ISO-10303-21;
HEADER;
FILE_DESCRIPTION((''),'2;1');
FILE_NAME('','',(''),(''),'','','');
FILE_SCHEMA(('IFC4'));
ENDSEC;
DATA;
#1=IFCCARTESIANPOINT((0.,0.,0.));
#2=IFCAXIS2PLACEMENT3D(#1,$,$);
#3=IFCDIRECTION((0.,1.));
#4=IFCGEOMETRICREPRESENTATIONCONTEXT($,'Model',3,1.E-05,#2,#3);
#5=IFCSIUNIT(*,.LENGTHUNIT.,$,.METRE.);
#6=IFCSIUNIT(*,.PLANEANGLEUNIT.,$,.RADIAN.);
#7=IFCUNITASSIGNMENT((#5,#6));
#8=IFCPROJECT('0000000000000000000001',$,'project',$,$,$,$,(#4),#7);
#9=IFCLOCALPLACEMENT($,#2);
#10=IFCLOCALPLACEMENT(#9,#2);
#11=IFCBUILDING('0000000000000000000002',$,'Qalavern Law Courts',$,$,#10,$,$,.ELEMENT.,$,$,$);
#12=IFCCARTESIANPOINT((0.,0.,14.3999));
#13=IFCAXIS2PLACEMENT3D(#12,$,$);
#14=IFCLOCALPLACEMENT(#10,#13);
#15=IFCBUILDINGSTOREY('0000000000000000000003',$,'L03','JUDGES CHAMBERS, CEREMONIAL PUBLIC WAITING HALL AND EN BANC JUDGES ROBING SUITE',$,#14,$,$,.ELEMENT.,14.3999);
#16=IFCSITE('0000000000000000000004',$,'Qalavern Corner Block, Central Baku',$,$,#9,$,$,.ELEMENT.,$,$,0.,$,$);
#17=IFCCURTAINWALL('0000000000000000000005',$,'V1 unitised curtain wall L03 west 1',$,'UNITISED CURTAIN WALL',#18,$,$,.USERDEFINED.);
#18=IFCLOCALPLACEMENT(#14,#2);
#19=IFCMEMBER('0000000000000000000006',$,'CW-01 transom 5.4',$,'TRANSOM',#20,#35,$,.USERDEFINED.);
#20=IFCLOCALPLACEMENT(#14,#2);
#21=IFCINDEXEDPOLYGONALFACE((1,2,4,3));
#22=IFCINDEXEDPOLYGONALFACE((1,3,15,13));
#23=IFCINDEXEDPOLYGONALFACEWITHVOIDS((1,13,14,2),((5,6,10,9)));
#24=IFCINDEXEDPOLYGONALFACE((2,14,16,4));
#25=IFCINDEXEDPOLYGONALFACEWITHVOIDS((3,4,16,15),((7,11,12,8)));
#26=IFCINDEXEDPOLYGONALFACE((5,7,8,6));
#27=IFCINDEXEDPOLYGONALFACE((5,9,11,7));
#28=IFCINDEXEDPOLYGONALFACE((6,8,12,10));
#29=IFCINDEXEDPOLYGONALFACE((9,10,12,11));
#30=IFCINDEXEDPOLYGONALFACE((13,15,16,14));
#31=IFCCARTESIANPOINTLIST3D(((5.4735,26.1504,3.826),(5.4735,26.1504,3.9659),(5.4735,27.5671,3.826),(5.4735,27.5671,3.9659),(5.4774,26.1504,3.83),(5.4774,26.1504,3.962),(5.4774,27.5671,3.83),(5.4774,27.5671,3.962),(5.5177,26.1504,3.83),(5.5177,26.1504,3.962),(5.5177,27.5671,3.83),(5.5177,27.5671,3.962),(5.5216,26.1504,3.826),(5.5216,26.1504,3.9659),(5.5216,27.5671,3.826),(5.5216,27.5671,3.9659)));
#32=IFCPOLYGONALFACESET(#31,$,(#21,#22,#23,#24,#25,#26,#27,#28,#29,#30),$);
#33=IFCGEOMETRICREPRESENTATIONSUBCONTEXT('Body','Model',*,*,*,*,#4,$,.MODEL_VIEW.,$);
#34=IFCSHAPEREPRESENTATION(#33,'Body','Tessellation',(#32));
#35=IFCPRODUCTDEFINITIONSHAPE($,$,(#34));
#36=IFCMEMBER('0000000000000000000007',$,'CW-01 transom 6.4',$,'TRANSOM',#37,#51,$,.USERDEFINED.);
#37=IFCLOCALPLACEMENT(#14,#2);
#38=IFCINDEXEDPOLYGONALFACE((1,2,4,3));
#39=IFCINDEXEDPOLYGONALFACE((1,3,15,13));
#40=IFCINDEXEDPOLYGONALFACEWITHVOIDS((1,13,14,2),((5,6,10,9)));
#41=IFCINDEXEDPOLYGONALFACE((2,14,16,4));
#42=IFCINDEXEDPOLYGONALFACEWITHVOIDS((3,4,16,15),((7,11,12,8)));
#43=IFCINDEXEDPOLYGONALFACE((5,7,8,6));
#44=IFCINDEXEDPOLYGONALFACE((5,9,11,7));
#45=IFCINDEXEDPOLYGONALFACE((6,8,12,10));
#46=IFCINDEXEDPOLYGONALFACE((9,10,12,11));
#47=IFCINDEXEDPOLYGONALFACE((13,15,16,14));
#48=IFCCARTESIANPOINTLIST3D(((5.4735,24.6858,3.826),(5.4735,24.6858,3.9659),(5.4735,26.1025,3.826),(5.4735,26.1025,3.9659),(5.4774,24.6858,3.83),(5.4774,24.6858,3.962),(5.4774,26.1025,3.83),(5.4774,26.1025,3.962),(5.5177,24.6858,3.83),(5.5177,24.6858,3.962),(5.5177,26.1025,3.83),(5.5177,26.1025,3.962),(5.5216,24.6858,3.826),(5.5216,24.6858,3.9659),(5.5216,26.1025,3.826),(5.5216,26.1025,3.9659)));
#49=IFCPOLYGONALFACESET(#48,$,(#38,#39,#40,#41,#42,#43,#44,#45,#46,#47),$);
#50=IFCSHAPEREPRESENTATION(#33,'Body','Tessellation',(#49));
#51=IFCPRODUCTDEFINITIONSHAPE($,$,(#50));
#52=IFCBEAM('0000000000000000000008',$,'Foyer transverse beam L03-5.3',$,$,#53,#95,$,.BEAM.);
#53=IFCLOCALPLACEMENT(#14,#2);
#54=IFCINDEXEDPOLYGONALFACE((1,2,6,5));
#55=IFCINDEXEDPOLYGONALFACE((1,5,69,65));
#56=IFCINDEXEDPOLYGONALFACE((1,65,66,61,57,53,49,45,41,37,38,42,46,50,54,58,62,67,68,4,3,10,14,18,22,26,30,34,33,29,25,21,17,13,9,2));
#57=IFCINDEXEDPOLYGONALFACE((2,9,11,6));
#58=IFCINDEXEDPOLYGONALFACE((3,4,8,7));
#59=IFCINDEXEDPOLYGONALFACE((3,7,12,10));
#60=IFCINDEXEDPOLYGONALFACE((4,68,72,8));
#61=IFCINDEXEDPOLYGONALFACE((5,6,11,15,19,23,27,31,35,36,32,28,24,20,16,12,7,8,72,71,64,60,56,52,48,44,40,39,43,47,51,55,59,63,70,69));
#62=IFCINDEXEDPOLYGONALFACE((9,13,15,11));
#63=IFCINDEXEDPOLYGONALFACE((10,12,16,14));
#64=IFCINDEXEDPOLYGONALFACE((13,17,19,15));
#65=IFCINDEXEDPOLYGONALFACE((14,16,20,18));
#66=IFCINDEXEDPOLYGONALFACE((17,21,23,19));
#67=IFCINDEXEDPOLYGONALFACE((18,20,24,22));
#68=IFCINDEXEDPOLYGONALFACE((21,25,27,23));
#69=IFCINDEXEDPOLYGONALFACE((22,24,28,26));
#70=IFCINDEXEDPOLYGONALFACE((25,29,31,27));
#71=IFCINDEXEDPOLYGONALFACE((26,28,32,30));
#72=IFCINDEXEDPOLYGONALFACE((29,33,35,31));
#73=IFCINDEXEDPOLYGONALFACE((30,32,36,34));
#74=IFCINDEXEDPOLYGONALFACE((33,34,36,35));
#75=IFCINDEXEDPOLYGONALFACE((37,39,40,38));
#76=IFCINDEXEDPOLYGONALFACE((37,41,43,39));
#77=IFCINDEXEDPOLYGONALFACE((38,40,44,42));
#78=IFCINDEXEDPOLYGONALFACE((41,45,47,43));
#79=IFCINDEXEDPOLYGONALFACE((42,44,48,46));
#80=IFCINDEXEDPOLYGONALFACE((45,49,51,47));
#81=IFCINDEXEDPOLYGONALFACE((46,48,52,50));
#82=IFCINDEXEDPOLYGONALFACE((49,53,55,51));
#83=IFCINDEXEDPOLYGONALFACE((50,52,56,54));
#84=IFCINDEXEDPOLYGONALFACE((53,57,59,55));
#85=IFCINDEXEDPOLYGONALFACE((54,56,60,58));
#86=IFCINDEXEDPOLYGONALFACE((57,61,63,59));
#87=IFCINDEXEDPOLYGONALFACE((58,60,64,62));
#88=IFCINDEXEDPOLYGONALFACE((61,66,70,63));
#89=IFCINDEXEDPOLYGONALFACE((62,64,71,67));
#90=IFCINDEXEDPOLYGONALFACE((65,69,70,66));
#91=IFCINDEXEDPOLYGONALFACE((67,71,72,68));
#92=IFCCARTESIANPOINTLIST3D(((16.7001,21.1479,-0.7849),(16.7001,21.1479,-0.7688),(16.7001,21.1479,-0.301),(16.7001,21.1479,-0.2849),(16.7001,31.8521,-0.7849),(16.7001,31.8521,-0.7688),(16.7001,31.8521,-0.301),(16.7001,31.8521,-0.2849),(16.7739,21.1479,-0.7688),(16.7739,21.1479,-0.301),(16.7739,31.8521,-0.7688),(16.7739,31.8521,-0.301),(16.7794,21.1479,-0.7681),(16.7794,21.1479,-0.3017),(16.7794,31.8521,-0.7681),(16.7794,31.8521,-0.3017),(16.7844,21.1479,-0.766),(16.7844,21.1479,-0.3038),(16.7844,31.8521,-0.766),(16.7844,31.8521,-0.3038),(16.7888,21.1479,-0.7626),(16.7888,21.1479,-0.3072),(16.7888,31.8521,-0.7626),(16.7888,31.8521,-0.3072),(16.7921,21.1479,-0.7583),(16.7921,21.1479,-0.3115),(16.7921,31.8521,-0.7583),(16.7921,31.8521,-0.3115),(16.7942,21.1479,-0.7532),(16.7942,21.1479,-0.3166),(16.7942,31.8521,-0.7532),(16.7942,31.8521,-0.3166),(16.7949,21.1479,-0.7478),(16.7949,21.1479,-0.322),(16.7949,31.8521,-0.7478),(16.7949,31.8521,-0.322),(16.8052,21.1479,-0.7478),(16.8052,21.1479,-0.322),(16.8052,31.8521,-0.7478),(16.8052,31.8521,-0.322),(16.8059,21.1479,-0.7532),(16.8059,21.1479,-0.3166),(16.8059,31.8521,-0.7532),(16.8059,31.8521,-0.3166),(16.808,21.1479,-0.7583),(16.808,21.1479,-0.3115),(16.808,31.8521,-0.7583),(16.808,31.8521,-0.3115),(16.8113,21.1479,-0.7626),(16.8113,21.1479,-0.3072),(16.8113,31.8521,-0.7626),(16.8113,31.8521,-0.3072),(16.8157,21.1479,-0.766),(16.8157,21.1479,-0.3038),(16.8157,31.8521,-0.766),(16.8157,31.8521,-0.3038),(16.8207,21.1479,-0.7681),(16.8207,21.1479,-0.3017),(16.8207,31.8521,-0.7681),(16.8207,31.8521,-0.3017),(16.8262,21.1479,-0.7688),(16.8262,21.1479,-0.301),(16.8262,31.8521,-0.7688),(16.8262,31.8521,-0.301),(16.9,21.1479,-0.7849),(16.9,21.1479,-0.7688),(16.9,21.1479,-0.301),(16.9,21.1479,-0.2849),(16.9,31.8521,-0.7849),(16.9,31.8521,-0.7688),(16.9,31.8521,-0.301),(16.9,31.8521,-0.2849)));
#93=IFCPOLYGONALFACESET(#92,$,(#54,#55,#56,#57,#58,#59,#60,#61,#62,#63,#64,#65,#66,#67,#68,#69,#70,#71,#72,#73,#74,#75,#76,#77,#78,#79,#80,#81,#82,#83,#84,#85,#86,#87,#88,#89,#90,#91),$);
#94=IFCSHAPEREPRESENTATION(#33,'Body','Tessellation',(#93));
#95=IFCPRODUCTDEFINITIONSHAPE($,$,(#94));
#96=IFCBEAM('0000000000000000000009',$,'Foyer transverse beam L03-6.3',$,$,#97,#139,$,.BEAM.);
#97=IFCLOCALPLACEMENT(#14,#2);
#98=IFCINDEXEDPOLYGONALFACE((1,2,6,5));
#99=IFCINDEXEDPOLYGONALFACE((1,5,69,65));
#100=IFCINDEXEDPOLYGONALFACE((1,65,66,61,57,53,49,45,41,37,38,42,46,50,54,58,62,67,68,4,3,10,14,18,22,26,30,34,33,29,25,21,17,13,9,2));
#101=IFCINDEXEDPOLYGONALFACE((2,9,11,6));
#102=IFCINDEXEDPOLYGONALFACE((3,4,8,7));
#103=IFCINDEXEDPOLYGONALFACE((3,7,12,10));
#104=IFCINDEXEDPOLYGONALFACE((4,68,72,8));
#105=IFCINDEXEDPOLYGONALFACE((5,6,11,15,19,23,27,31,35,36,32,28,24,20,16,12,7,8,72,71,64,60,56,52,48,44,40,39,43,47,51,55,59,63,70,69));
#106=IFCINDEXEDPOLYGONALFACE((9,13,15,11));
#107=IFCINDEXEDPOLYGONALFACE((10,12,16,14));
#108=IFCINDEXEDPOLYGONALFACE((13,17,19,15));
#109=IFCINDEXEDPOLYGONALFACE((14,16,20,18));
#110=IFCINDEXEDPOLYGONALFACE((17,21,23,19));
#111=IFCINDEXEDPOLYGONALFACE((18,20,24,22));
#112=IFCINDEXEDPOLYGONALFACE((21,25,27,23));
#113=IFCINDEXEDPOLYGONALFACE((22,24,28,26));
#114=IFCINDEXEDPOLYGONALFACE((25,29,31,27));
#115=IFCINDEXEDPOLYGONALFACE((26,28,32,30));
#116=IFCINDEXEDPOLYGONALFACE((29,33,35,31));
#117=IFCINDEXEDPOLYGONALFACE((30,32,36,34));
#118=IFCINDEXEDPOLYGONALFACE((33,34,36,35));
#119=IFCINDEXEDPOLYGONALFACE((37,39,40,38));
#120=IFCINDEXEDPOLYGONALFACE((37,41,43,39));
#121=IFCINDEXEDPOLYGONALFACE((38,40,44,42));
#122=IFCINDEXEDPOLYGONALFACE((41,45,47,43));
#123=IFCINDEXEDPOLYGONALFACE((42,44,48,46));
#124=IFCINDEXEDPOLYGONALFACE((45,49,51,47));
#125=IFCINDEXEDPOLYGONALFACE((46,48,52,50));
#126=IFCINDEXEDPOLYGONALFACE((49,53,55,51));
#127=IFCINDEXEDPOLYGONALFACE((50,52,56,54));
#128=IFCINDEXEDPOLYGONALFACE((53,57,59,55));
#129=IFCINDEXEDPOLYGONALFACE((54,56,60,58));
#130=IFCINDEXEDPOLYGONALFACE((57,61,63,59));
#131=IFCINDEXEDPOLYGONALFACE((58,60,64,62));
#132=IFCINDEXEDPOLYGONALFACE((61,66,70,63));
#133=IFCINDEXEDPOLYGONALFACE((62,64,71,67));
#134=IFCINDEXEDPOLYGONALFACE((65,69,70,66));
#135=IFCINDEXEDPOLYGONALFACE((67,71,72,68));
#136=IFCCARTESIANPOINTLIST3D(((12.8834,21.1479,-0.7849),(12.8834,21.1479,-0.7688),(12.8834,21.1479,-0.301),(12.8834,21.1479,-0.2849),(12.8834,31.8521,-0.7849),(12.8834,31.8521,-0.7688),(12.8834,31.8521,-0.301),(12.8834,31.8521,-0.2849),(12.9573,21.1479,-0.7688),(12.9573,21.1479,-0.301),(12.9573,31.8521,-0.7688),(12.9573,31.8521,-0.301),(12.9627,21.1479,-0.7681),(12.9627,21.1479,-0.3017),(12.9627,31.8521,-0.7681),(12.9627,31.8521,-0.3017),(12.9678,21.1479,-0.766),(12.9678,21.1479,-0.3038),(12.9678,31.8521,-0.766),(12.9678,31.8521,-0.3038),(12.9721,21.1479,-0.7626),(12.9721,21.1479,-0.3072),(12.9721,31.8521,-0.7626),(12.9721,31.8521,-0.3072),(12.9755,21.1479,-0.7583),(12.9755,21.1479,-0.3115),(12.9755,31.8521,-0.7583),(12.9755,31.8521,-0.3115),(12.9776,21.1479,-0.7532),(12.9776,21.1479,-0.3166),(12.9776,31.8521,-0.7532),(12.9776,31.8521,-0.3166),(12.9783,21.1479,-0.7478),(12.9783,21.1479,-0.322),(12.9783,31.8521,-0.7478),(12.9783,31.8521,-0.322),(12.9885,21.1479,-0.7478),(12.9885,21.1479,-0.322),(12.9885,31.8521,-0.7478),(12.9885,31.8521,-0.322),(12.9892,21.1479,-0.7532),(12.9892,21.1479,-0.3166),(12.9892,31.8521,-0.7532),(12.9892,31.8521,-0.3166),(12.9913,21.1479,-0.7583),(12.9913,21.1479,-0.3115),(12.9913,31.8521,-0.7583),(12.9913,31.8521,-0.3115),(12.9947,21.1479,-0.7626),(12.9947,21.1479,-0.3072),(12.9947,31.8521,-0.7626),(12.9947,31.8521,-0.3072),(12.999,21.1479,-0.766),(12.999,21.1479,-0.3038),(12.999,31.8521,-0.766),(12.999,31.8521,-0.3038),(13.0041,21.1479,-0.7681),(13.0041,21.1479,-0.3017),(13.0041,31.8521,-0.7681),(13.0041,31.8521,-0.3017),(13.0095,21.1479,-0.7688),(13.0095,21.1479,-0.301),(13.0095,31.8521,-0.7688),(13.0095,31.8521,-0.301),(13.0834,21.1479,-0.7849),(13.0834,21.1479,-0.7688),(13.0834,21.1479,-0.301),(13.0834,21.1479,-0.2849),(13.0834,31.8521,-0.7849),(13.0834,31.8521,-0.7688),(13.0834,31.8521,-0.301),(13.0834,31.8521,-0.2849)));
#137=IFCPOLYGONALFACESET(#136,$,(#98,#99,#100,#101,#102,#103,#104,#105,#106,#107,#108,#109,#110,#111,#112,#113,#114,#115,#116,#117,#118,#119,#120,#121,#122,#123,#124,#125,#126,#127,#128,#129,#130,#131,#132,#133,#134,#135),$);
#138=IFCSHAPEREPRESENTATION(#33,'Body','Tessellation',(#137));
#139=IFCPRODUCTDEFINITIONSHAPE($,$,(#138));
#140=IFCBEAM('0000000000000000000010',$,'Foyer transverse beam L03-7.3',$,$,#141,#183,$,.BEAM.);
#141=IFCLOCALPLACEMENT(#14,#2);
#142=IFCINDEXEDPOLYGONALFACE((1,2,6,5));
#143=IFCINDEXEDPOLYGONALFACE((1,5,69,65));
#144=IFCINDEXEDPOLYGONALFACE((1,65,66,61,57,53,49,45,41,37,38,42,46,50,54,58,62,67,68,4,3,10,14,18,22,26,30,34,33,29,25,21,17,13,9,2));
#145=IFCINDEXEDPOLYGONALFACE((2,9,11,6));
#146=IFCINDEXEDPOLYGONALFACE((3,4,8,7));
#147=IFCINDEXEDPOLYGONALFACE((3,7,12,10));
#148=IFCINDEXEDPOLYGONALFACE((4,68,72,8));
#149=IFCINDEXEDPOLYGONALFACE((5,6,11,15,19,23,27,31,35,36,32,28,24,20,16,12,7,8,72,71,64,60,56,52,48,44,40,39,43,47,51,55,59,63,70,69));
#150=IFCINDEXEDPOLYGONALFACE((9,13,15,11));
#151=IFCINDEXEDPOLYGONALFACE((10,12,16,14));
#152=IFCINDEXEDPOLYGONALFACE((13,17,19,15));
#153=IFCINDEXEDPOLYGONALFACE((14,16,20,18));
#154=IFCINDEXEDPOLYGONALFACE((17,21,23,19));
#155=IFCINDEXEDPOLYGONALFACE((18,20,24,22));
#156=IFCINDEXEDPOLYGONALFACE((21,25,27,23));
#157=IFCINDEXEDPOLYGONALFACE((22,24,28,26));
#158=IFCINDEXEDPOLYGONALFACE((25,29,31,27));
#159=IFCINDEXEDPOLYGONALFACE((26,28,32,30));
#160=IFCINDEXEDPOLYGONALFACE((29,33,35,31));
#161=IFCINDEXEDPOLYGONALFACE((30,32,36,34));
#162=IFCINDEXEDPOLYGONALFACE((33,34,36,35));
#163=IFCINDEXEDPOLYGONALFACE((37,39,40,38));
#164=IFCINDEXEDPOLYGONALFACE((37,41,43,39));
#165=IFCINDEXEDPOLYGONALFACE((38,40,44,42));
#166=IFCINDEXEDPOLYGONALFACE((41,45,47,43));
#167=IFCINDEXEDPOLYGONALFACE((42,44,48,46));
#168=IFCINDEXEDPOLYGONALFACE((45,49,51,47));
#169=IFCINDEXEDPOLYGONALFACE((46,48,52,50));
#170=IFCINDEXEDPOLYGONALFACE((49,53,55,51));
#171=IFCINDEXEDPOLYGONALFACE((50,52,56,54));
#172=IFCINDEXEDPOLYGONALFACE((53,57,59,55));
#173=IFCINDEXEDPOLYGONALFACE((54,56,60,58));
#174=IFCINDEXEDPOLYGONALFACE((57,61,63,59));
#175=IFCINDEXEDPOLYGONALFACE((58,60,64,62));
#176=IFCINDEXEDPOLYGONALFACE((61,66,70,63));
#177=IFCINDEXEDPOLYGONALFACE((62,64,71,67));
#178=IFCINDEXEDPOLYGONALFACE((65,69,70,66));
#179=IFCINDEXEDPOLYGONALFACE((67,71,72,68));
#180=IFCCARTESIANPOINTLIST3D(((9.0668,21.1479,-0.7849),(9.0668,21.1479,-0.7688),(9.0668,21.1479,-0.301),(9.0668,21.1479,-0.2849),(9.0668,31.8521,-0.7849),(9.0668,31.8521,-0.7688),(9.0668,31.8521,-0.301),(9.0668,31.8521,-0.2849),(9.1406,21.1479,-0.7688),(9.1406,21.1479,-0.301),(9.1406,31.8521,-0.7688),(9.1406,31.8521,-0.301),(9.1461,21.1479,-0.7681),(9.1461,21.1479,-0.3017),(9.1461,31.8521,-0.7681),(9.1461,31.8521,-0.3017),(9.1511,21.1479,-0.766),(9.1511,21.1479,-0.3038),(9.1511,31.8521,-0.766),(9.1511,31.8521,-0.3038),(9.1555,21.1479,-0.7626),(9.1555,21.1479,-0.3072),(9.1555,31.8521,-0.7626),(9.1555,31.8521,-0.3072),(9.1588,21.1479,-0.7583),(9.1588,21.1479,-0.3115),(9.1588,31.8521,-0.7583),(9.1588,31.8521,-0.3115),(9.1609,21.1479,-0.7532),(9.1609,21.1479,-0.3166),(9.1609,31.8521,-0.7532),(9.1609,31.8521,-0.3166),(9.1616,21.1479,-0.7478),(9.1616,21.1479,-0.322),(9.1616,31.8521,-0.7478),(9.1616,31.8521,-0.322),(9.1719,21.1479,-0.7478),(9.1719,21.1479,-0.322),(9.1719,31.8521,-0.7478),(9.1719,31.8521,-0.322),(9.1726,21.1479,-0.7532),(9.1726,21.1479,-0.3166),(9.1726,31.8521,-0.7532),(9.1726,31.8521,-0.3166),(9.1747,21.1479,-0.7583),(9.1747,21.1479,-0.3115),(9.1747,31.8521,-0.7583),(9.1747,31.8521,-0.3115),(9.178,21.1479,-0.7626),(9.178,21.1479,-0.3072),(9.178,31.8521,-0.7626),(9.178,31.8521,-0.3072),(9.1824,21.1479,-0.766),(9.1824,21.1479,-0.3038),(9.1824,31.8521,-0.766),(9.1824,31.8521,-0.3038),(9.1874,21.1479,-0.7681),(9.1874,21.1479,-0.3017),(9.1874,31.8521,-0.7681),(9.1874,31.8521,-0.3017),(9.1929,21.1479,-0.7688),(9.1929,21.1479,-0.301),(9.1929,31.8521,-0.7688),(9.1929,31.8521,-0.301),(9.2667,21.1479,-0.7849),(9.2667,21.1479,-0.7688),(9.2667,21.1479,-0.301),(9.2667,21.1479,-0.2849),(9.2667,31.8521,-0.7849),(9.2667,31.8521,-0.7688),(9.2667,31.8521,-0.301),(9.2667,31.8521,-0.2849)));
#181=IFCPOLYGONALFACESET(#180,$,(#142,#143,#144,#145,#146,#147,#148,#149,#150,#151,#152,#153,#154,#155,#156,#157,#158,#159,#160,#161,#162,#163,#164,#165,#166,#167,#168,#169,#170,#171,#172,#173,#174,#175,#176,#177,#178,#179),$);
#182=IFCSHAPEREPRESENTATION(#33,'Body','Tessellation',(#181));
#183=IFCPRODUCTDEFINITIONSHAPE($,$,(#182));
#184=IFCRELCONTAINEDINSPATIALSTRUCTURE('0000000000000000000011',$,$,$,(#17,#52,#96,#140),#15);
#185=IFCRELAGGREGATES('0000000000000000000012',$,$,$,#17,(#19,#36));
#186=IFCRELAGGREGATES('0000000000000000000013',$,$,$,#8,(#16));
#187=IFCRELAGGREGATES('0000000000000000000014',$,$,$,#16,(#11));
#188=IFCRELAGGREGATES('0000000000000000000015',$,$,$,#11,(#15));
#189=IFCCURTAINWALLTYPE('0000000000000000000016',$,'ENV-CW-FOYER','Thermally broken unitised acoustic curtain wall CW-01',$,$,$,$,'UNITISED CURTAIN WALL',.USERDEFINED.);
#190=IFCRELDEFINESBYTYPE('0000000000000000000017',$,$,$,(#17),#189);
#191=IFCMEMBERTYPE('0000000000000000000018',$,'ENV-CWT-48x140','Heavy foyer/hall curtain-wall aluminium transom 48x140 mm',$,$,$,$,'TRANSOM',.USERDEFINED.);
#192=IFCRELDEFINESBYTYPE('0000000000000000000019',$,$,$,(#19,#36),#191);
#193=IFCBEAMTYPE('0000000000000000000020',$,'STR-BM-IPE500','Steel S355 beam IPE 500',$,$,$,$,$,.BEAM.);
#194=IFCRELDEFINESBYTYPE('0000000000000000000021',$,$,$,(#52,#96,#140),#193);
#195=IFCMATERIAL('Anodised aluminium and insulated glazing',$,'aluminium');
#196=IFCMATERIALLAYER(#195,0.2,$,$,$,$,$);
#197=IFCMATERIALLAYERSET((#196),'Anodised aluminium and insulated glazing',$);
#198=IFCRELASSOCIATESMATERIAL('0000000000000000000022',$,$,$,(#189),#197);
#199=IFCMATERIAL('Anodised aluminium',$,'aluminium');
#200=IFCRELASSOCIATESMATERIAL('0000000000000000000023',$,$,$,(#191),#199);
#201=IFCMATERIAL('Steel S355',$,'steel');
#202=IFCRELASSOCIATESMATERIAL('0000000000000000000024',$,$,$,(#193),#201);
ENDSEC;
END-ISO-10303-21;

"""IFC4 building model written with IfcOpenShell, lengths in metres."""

from ifc_helpers import new_model, si_unit, direction, frame, origin, origin_2d, place, context, subcontext, project, spatial, hollow_rectangle, i_section, extrude, material, layer, layer_set, material_profile, profile_set, type_object, element, aggregate, save


model = new_model("IFC4")

# Units and contexts
model_context = context("Model", 3, precision=1e-05, world=origin(), true_north=direction((0.0, 1.0)))
body_context = subcontext(model_context, "Body", "Model", "MODEL_VIEW")
ifc_project = project(units=[si_unit("LENGTHUNIT", "METRE"), si_unit("PLANEANGLEUNIT", "RADIAN")], contexts=[model_context])

# Site, building, storey
site_placement = place(None, origin())
site = spatial("IfcSite", under=ifc_project, at=site_placement, Name="Qalavern Corner Block, Central Baku", CompositionType="ELEMENT", RefElevation=0.0)
building_placement = place(site_placement, origin())
building = spatial("IfcBuilding", under=site, at=building_placement, Name="Qalavern Law Courts", CompositionType="ELEMENT")
storey_placement = place(building_placement, frame((0.0, 0.0, 14.3999)))
storey = spatial("IfcBuildingStorey", under=building, at=storey_placement, Name="L03", Description="JUDGES CHAMBERS, CEREMONIAL PUBLIC WAITING HALL AND EN BANC JUDGES ROBING SUITE", CompositionType="ELEMENT", Elevation=14.3999)

# Curtain wall, members
ifc_material_1 = material(Name="Anodised aluminium and insulated glazing", Category="aluminium")
ifc_layer_1 = layer(ifc_material_1, 0.2)
ifc_layer_set_1 = layer_set([ifc_layer_1], Name="Anodised aluminium and insulated glazing")
curtain_wall_type = type_object("IfcCurtainWallType", Name="ENV-CW-FOYER", Description="Thermally broken unitised acoustic curtain wall CW-01", ElementType="UNITISED CURTAIN WALL", PredefinedType="USERDEFINED", material=ifc_layer_set_1)
curtain_wall_placement = place(storey_placement, origin())
curtain_wall = element("IfcCurtainWall", 1, at=curtain_wall_placement, inside=storey, type_object=curtain_wall_type, Name="V1 unitised curtain wall L03 west 1", ObjectType="UNITISED CURTAIN WALL", PredefinedType="USERDEFINED")
ifc_material_2 = material(Name="Anodised aluminium", Category="aluminium")
ifc_material_profile_1 = material_profile(ifc_material_2, hollow_rectangle(XDim=0.0481, YDim=0.1399, WallThickness=0.0039, at=origin_2d()), Name="ALU TRANSOM 48x140")
ifc_profile_set_1 = profile_set([ifc_material_profile_1], Name="Anodised aluminium")
member_type_1 = type_object("IfcMemberType", Name="ENV-CWT-48x140", Description="Heavy foyer/hall curtain-wall aluminium transom 48x140 mm", ElementType="TRANSOM", PredefinedType="USERDEFINED", material=ifc_profile_set_1)
member_1_placement = place(storey_placement, frame((5.4976, 27.5671, 3.896), z_axis=(0.0, -1.0, 0.0), x_axis=(1.0, 0.0, 0.0)))
member_1 = element("IfcMember", 2, at=member_1_placement, type_object=member_type_1, Name="CW-01 transom 5.4", ObjectType="TRANSOM", PredefinedType="USERDEFINED", context=body_context, shape_type="SweptSolid", body=[
    extrude(hollow_rectangle(XDim=0.0481, YDim=0.1399, WallThickness=0.0039, at=origin_2d()), origin(), (0.0, 0.0, 1.0), 1.4167),
])
member_2_placement = place(storey_placement, frame((5.4976, 26.1025, 3.896), z_axis=(0.0, -1.0, 0.0), x_axis=(1.0, 0.0, 0.0)))
member_2 = element("IfcMember", 3, at=member_2_placement, type_object=member_type_1, Name="CW-01 transom 6.4", ObjectType="TRANSOM", PredefinedType="USERDEFINED", context=body_context, shape_type="SweptSolid", body=[
    extrude(hollow_rectangle(XDim=0.0481, YDim=0.1399, WallThickness=0.0039, at=origin_2d()), origin(), (0.0, 0.0, 1.0), 1.4167),
])

# Beams
ifc_material_3 = material(Name="Steel S355", Category="steel")
ifc_material_profile_2 = material_profile(ifc_material_3, i_section(OverallWidth=0.2, OverallDepth=0.5, WebThickness=0.0103, FlangeThickness=0.0161, FilletRadius=0.021, at=origin_2d()), Name="IPE 500")
ifc_profile_set_2 = profile_set([ifc_material_profile_2], Name="Steel S355")
beam_type_1 = type_object("IfcBeamType", Name="STR-BM-IPE500", Description="Steel S355 beam IPE 500", PredefinedType="BEAM", material=ifc_profile_set_2)
for number, where, z_axis, x_axis, name in (
    (4, (16.8, 21.1479, -0.5349), (0.0, 1.0, 0.0), (-1.0, 0.0, 0.0), "Foyer transverse beam L03-5.3"),
    (5, (12.9834, 21.1479, -0.5349), (0.0, 1.0, 0.0), (-1.0, 0.0, 0.0), "Foyer transverse beam L03-6.3"),
    (6, (9.1667, 21.1479, -0.5349), (0.0, 1.0, 0.0), (-1.0, 0.0, 0.0), "Foyer transverse beam L03-7.3"),
):
    element("IfcBeam", number, at=place(storey_placement, frame(where, z_axis=z_axis, x_axis=x_axis)), inside=storey, type_object=beam_type_1, Name=name, PredefinedType="BEAM", context=body_context, shape_type="SweptSolid", body=[
        extrude(i_section(OverallWidth=0.2, OverallDepth=0.5, WebThickness=0.0103, FlangeThickness=0.0161, FilletRadius=0.021, at=origin_2d()), origin(), (0.0, 0.0, 1.0), 10.7041),
    ])

aggregate(curtain_wall, [member_1, member_2])

save(model, "model.ifc")
